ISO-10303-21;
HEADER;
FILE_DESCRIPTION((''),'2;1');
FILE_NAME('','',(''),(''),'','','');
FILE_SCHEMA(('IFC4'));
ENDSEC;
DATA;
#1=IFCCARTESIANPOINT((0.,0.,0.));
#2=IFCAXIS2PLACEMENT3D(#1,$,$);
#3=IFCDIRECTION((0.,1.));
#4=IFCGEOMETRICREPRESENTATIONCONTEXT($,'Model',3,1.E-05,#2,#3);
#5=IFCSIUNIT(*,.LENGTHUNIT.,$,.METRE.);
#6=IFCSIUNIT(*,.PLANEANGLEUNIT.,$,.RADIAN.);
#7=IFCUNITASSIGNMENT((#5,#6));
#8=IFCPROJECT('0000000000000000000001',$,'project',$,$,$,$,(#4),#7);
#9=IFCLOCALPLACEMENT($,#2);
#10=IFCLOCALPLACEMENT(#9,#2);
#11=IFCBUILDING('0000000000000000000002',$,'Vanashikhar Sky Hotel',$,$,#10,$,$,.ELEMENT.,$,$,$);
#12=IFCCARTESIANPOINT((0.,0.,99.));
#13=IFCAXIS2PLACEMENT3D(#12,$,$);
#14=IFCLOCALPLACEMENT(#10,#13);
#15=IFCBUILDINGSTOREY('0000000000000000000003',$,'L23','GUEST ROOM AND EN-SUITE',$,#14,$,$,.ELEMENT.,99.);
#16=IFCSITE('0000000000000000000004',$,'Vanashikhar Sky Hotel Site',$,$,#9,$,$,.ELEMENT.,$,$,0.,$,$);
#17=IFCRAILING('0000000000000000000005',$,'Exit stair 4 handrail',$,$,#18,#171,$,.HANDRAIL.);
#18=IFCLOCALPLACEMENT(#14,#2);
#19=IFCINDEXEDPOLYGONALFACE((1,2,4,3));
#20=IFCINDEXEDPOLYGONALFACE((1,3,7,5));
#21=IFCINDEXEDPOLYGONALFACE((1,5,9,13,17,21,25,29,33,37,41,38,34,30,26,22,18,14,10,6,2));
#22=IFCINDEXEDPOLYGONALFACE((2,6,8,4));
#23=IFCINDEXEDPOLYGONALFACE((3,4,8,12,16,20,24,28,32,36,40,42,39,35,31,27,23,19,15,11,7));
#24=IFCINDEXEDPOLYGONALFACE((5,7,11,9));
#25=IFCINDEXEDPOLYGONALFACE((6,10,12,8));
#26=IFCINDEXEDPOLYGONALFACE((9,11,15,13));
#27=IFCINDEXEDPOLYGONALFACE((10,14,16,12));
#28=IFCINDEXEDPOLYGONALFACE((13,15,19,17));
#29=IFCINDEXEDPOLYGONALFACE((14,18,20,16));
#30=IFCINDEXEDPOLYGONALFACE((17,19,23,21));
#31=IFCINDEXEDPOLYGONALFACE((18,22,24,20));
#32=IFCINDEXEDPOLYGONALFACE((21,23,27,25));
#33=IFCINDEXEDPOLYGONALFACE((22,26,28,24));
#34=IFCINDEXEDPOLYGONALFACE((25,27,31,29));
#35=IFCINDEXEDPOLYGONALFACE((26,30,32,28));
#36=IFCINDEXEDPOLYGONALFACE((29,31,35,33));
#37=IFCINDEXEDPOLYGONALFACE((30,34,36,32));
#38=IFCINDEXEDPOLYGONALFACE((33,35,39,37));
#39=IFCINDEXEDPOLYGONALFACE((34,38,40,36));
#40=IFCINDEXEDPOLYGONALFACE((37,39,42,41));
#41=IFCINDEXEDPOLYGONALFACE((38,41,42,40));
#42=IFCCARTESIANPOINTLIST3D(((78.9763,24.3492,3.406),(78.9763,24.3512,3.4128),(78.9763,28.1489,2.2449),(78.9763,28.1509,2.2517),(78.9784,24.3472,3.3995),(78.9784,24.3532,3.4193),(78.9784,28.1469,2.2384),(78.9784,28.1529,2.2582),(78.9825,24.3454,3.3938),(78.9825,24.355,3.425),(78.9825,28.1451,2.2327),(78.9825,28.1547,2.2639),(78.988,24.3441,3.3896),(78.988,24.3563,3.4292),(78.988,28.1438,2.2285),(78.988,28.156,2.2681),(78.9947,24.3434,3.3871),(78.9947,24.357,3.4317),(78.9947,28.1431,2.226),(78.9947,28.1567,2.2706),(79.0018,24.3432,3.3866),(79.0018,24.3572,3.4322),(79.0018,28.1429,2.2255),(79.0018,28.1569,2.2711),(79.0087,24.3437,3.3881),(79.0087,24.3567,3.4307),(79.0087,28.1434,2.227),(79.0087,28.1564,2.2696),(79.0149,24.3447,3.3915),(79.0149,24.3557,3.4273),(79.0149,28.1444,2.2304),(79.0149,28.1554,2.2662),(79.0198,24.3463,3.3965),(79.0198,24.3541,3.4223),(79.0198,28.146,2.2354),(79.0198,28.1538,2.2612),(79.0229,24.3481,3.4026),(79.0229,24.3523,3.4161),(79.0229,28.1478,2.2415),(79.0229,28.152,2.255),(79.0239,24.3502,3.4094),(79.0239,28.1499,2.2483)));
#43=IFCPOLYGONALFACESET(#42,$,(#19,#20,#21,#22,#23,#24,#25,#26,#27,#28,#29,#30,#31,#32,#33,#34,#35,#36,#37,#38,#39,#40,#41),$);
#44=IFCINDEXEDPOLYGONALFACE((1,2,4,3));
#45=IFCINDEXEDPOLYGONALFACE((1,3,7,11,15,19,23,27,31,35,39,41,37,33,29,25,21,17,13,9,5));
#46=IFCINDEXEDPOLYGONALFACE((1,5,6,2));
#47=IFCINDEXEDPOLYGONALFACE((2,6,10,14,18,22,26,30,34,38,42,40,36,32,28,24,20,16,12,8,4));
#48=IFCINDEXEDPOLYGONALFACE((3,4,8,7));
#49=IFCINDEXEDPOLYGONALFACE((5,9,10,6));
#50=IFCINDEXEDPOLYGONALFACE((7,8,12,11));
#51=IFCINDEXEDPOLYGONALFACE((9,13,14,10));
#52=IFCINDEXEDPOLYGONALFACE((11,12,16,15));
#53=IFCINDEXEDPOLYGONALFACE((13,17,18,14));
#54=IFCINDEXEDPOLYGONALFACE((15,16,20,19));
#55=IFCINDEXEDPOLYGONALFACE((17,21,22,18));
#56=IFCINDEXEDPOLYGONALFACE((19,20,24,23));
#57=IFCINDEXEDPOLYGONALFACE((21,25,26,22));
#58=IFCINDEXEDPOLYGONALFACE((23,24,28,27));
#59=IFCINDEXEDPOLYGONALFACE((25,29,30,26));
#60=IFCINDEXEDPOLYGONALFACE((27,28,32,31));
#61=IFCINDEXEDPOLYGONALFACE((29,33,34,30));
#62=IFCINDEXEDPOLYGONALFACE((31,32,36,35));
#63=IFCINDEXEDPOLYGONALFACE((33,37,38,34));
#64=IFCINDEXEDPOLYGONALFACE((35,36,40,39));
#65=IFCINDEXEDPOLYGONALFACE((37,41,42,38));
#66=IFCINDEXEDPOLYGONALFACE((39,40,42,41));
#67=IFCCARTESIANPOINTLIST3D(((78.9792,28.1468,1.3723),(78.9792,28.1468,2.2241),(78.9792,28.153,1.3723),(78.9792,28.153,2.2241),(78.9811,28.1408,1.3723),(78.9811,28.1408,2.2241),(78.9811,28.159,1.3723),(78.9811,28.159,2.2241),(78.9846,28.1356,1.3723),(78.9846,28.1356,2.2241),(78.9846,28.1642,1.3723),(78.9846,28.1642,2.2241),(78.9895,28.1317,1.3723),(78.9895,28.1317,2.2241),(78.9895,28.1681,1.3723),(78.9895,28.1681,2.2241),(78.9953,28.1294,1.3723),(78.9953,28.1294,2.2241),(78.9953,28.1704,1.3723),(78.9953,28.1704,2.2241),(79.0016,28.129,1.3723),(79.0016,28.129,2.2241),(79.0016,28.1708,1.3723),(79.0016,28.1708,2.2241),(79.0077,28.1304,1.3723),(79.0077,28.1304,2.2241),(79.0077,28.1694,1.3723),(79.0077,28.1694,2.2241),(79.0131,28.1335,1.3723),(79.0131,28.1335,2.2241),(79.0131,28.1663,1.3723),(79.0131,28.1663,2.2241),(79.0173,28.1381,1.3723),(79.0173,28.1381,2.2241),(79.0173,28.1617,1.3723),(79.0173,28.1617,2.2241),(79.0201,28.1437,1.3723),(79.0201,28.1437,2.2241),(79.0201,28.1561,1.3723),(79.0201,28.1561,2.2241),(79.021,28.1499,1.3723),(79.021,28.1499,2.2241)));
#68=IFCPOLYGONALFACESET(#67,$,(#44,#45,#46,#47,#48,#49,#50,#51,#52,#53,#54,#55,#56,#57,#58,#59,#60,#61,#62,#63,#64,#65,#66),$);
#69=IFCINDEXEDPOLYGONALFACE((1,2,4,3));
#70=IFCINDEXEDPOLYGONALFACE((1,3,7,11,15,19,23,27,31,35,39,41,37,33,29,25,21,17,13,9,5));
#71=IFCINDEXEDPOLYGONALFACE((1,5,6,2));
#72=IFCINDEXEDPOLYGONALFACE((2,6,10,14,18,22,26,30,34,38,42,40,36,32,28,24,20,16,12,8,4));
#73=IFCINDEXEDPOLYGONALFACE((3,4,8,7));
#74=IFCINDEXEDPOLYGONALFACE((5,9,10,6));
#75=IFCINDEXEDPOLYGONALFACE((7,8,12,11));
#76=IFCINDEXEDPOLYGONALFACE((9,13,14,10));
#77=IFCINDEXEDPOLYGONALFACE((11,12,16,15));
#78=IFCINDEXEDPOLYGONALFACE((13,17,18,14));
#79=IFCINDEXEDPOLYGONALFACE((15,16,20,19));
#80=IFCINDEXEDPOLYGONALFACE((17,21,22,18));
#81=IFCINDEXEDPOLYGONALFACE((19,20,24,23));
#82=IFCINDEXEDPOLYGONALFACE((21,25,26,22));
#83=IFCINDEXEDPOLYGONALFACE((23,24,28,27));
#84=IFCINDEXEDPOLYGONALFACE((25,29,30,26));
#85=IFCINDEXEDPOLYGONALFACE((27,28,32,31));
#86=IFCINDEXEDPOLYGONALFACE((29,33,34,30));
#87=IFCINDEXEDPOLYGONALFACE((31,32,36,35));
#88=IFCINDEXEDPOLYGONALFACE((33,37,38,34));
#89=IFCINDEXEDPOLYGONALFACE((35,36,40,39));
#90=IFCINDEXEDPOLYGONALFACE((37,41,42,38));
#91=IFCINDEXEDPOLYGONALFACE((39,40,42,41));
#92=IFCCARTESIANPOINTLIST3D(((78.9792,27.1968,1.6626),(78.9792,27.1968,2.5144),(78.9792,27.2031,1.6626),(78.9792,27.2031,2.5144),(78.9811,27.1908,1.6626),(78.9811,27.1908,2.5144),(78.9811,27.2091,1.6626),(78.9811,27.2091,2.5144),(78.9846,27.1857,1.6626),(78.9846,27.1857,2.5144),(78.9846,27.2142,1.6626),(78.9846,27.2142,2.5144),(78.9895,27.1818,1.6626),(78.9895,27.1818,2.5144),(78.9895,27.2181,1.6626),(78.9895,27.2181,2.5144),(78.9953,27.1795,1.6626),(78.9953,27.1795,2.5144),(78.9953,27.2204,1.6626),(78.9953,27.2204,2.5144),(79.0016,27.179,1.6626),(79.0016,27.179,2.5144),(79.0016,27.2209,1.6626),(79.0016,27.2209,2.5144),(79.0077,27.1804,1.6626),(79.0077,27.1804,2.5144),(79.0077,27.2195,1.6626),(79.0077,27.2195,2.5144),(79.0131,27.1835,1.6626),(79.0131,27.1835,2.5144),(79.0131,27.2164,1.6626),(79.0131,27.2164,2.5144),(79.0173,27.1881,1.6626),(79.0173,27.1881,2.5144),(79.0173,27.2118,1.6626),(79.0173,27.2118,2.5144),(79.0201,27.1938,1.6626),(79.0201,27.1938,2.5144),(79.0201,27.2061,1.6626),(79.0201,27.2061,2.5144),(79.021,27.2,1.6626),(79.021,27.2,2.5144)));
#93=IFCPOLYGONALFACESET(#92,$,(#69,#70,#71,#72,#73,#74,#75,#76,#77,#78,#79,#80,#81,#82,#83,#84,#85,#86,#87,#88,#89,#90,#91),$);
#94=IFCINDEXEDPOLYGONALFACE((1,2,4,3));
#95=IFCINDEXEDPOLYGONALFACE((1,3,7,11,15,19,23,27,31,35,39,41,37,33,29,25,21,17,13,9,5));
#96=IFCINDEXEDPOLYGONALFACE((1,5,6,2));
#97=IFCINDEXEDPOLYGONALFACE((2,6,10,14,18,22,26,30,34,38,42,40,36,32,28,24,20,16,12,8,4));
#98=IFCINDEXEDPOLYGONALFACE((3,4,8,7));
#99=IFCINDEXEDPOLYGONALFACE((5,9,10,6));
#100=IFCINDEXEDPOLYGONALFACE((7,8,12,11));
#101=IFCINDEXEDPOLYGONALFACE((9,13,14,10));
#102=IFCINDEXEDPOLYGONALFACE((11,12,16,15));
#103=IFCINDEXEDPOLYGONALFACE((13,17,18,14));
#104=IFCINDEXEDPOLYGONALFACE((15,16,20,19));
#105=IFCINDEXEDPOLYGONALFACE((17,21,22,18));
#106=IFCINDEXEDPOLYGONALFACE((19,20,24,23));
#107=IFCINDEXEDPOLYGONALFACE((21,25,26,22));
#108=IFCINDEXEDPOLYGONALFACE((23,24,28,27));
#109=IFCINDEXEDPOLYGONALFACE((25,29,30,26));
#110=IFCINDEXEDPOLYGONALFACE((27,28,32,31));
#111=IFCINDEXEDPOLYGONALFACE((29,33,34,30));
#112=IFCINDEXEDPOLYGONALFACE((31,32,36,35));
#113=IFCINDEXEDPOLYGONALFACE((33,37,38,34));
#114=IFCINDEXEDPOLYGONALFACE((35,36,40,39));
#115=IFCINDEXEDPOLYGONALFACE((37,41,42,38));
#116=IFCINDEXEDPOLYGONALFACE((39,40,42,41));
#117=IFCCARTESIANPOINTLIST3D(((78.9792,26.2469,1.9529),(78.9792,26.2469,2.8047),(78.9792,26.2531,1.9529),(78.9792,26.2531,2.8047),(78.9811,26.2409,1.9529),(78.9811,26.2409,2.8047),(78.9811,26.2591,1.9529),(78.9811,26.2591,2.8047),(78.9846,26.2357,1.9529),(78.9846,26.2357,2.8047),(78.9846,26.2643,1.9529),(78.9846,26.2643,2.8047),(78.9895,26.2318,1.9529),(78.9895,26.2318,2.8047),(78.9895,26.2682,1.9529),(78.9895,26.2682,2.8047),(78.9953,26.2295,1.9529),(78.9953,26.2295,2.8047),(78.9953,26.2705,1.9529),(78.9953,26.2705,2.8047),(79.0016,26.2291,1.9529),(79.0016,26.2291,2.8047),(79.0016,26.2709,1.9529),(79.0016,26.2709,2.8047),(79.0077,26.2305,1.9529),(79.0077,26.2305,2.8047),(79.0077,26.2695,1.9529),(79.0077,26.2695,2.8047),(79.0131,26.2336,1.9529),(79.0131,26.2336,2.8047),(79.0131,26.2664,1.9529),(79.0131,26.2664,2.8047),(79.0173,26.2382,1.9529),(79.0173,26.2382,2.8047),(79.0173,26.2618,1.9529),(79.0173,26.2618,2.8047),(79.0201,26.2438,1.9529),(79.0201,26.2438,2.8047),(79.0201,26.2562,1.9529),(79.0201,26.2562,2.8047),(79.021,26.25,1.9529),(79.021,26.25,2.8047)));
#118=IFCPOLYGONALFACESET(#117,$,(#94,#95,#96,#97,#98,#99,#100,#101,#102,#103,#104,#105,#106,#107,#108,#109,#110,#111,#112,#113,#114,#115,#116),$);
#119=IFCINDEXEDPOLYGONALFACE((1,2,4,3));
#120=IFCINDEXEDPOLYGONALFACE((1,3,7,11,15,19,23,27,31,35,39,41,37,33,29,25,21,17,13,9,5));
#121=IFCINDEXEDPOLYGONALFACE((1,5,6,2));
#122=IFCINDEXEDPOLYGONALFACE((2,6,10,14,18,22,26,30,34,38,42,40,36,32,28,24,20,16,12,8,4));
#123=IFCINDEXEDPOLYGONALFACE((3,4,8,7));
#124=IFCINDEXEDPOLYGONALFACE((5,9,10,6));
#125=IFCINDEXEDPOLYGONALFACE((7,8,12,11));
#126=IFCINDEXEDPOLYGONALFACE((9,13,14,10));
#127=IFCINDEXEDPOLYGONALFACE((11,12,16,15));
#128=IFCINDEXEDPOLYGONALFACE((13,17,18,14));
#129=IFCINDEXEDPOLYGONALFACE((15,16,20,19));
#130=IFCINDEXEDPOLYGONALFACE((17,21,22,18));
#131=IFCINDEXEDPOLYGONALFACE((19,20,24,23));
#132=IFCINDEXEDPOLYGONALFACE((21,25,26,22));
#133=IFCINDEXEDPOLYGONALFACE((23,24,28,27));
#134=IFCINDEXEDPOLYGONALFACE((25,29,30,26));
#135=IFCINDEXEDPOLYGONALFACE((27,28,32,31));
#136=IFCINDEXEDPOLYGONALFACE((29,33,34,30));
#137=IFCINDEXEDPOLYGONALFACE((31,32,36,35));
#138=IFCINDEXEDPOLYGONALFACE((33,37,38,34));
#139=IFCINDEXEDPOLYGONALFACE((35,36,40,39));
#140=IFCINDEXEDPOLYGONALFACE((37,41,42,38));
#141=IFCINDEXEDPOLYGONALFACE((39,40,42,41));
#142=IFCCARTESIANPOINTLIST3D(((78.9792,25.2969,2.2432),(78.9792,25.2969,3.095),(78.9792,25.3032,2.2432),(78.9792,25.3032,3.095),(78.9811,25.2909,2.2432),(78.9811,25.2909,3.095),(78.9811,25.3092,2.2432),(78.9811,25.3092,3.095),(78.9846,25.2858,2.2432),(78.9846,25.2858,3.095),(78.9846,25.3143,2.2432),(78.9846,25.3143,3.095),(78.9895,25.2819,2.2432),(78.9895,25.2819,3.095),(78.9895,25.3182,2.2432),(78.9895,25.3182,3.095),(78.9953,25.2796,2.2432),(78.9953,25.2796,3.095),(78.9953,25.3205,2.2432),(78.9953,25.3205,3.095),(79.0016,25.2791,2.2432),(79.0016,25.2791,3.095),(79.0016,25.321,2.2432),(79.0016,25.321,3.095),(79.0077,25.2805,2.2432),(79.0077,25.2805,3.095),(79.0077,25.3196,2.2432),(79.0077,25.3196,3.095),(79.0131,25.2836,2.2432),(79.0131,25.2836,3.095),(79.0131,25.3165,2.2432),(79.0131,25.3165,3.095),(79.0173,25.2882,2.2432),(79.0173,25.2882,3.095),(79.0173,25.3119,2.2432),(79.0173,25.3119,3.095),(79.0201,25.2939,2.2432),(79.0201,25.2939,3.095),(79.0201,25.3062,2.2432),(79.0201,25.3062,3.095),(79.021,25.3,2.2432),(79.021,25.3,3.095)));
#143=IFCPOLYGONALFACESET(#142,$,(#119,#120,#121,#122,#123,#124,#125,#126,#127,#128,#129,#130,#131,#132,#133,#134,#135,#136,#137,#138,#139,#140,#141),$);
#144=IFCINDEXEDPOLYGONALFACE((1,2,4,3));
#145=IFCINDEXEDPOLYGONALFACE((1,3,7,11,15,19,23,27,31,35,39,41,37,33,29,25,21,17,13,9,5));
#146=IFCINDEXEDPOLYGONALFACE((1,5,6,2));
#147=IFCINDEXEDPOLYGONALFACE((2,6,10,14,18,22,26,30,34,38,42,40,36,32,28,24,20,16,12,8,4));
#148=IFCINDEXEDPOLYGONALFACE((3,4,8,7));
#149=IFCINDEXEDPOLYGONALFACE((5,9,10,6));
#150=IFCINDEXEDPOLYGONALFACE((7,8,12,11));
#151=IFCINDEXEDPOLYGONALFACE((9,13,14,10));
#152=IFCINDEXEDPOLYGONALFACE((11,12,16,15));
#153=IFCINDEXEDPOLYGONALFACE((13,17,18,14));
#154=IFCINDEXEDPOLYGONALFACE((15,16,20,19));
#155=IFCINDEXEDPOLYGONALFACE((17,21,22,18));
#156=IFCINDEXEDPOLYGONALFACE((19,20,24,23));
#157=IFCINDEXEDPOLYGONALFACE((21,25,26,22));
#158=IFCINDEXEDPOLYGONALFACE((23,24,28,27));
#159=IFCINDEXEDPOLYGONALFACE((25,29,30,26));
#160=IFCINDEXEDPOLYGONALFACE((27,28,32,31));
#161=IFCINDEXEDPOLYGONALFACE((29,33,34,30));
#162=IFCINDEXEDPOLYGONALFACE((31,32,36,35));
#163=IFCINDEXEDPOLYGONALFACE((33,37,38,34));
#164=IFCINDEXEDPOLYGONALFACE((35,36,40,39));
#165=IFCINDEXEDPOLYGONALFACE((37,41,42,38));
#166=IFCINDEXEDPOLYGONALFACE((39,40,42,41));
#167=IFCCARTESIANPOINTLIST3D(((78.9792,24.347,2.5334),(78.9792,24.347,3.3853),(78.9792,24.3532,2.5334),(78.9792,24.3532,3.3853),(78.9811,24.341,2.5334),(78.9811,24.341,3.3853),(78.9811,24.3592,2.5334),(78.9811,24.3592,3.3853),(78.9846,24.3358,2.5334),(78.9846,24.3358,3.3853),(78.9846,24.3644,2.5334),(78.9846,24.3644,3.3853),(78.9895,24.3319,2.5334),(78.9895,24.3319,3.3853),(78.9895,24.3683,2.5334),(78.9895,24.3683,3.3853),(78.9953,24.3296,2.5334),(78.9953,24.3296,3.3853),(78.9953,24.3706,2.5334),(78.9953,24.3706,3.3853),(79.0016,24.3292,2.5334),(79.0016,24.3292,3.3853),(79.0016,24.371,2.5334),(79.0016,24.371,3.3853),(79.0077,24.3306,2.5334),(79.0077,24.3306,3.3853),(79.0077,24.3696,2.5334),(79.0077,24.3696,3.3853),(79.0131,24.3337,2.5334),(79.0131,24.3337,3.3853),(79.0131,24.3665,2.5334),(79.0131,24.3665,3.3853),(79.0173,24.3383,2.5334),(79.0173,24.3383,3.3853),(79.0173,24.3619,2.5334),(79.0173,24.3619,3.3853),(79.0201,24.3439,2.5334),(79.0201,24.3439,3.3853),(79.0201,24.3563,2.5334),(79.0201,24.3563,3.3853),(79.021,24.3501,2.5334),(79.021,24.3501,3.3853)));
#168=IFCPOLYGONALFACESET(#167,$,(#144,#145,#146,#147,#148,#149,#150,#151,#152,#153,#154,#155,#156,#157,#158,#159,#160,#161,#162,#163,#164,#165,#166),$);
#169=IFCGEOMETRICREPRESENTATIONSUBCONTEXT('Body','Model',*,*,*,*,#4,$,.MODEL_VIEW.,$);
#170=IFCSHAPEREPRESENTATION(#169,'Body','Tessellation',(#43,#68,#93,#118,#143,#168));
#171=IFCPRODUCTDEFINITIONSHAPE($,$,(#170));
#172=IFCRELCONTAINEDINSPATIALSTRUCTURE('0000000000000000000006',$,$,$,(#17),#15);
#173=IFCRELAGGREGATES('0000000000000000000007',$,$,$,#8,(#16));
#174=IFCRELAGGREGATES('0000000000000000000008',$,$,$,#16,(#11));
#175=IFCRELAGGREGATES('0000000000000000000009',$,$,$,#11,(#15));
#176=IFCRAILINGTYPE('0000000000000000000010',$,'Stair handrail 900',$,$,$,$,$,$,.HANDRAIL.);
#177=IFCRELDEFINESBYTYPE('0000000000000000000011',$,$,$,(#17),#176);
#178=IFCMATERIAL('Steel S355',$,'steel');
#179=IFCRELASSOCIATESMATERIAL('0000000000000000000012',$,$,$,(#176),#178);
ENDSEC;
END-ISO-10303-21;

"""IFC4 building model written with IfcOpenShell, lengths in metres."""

from ifc_helpers import new_model, si_unit, direction, frame, origin, origin_2d, place, context, subcontext, project, spatial, circle, extrude, source, transform, mapped, material, type_object, element, save


model = new_model("IFC4")

# Units and contexts
model_context = context("Model", 3, precision=1e-05, world=origin(), true_north=direction((0.0, 1.0)))
body_context = subcontext(model_context, "Body", "Model", "MODEL_VIEW")
ifc_project = project(units=[si_unit("LENGTHUNIT", "METRE"), si_unit("PLANEANGLEUNIT", "RADIAN")], contexts=[model_context])

# Site, building, storey
site_placement = place(None, origin())
site = spatial("IfcSite", under=ifc_project, at=site_placement, Name="Vanashikhar Sky Hotel Site", CompositionType="ELEMENT", RefElevation=0.0)
building_placement = place(site_placement, origin())
building = spatial("IfcBuilding", under=site, at=building_placement, Name="Vanashikhar Sky Hotel", CompositionType="ELEMENT")
storey_placement = place(building_placement, frame((0.0, 0.0, 99.0)))
storey = spatial("IfcBuildingStorey", under=building, at=storey_placement, Name="L23", Description="GUEST ROOM AND EN-SUITE", CompositionType="ELEMENT", Elevation=99.0)

# Railing
ifc_material_1 = material(Name="Steel S355", Category="steel")
railing_type_1 = type_object("IfcRailingType", Name="Stair handrail 900", PredefinedType="HANDRAIL", material=ifc_material_1)
shared_shape_1 = source(origin(), body_context, "Body", "SweptSolid", [
    extrude(circle(Radius=0.0239, at=origin_2d()), frame((0.0, 0.0, 0.876), z_axis=(0.0, -0.956346, 0.292237), x_axis=(1.0, 0.0, 0.0)), (0.0, 0.0, 1.0), 3.9731),
    extrude(circle(Radius=0.021, at=origin_2d()), origin(), (0.0, 0.0, 1.0), 0.8518),
    extrude(circle(Radius=0.021, at=origin_2d()), frame((0.0, -0.95, 0.2903)), (0.0, 0.0, 1.0), 0.8518),
    extrude(circle(Radius=0.021, at=origin_2d()), frame((0.0, -1.8999, 0.5806)), (0.0, 0.0, 1.0), 0.8518),
    extrude(circle(Radius=0.021, at=origin_2d()), frame((0.0, -2.8499, 0.8708)), (0.0, 0.0, 1.0), 0.8518),
    extrude(circle(Radius=0.021, at=origin_2d()), frame((0.0, -3.7998, 1.1611)), (0.0, 0.0, 1.0), 0.8518),
])
railing_1_placement = place(storey_placement, frame((79.0, 28.1499, 1.3723)))
element("IfcRailing", 1, at=railing_1_placement, inside=storey, type_object=railing_type_1, Name="Exit stair 4 handrail", PredefinedType="HANDRAIL", context=body_context, shape_type="MappedRepresentation", body=[
    mapped(shared_shape_1, transform((0.0, 0.0, 0.0), scale=1.0)),
])

save(model, "model.ifc")
